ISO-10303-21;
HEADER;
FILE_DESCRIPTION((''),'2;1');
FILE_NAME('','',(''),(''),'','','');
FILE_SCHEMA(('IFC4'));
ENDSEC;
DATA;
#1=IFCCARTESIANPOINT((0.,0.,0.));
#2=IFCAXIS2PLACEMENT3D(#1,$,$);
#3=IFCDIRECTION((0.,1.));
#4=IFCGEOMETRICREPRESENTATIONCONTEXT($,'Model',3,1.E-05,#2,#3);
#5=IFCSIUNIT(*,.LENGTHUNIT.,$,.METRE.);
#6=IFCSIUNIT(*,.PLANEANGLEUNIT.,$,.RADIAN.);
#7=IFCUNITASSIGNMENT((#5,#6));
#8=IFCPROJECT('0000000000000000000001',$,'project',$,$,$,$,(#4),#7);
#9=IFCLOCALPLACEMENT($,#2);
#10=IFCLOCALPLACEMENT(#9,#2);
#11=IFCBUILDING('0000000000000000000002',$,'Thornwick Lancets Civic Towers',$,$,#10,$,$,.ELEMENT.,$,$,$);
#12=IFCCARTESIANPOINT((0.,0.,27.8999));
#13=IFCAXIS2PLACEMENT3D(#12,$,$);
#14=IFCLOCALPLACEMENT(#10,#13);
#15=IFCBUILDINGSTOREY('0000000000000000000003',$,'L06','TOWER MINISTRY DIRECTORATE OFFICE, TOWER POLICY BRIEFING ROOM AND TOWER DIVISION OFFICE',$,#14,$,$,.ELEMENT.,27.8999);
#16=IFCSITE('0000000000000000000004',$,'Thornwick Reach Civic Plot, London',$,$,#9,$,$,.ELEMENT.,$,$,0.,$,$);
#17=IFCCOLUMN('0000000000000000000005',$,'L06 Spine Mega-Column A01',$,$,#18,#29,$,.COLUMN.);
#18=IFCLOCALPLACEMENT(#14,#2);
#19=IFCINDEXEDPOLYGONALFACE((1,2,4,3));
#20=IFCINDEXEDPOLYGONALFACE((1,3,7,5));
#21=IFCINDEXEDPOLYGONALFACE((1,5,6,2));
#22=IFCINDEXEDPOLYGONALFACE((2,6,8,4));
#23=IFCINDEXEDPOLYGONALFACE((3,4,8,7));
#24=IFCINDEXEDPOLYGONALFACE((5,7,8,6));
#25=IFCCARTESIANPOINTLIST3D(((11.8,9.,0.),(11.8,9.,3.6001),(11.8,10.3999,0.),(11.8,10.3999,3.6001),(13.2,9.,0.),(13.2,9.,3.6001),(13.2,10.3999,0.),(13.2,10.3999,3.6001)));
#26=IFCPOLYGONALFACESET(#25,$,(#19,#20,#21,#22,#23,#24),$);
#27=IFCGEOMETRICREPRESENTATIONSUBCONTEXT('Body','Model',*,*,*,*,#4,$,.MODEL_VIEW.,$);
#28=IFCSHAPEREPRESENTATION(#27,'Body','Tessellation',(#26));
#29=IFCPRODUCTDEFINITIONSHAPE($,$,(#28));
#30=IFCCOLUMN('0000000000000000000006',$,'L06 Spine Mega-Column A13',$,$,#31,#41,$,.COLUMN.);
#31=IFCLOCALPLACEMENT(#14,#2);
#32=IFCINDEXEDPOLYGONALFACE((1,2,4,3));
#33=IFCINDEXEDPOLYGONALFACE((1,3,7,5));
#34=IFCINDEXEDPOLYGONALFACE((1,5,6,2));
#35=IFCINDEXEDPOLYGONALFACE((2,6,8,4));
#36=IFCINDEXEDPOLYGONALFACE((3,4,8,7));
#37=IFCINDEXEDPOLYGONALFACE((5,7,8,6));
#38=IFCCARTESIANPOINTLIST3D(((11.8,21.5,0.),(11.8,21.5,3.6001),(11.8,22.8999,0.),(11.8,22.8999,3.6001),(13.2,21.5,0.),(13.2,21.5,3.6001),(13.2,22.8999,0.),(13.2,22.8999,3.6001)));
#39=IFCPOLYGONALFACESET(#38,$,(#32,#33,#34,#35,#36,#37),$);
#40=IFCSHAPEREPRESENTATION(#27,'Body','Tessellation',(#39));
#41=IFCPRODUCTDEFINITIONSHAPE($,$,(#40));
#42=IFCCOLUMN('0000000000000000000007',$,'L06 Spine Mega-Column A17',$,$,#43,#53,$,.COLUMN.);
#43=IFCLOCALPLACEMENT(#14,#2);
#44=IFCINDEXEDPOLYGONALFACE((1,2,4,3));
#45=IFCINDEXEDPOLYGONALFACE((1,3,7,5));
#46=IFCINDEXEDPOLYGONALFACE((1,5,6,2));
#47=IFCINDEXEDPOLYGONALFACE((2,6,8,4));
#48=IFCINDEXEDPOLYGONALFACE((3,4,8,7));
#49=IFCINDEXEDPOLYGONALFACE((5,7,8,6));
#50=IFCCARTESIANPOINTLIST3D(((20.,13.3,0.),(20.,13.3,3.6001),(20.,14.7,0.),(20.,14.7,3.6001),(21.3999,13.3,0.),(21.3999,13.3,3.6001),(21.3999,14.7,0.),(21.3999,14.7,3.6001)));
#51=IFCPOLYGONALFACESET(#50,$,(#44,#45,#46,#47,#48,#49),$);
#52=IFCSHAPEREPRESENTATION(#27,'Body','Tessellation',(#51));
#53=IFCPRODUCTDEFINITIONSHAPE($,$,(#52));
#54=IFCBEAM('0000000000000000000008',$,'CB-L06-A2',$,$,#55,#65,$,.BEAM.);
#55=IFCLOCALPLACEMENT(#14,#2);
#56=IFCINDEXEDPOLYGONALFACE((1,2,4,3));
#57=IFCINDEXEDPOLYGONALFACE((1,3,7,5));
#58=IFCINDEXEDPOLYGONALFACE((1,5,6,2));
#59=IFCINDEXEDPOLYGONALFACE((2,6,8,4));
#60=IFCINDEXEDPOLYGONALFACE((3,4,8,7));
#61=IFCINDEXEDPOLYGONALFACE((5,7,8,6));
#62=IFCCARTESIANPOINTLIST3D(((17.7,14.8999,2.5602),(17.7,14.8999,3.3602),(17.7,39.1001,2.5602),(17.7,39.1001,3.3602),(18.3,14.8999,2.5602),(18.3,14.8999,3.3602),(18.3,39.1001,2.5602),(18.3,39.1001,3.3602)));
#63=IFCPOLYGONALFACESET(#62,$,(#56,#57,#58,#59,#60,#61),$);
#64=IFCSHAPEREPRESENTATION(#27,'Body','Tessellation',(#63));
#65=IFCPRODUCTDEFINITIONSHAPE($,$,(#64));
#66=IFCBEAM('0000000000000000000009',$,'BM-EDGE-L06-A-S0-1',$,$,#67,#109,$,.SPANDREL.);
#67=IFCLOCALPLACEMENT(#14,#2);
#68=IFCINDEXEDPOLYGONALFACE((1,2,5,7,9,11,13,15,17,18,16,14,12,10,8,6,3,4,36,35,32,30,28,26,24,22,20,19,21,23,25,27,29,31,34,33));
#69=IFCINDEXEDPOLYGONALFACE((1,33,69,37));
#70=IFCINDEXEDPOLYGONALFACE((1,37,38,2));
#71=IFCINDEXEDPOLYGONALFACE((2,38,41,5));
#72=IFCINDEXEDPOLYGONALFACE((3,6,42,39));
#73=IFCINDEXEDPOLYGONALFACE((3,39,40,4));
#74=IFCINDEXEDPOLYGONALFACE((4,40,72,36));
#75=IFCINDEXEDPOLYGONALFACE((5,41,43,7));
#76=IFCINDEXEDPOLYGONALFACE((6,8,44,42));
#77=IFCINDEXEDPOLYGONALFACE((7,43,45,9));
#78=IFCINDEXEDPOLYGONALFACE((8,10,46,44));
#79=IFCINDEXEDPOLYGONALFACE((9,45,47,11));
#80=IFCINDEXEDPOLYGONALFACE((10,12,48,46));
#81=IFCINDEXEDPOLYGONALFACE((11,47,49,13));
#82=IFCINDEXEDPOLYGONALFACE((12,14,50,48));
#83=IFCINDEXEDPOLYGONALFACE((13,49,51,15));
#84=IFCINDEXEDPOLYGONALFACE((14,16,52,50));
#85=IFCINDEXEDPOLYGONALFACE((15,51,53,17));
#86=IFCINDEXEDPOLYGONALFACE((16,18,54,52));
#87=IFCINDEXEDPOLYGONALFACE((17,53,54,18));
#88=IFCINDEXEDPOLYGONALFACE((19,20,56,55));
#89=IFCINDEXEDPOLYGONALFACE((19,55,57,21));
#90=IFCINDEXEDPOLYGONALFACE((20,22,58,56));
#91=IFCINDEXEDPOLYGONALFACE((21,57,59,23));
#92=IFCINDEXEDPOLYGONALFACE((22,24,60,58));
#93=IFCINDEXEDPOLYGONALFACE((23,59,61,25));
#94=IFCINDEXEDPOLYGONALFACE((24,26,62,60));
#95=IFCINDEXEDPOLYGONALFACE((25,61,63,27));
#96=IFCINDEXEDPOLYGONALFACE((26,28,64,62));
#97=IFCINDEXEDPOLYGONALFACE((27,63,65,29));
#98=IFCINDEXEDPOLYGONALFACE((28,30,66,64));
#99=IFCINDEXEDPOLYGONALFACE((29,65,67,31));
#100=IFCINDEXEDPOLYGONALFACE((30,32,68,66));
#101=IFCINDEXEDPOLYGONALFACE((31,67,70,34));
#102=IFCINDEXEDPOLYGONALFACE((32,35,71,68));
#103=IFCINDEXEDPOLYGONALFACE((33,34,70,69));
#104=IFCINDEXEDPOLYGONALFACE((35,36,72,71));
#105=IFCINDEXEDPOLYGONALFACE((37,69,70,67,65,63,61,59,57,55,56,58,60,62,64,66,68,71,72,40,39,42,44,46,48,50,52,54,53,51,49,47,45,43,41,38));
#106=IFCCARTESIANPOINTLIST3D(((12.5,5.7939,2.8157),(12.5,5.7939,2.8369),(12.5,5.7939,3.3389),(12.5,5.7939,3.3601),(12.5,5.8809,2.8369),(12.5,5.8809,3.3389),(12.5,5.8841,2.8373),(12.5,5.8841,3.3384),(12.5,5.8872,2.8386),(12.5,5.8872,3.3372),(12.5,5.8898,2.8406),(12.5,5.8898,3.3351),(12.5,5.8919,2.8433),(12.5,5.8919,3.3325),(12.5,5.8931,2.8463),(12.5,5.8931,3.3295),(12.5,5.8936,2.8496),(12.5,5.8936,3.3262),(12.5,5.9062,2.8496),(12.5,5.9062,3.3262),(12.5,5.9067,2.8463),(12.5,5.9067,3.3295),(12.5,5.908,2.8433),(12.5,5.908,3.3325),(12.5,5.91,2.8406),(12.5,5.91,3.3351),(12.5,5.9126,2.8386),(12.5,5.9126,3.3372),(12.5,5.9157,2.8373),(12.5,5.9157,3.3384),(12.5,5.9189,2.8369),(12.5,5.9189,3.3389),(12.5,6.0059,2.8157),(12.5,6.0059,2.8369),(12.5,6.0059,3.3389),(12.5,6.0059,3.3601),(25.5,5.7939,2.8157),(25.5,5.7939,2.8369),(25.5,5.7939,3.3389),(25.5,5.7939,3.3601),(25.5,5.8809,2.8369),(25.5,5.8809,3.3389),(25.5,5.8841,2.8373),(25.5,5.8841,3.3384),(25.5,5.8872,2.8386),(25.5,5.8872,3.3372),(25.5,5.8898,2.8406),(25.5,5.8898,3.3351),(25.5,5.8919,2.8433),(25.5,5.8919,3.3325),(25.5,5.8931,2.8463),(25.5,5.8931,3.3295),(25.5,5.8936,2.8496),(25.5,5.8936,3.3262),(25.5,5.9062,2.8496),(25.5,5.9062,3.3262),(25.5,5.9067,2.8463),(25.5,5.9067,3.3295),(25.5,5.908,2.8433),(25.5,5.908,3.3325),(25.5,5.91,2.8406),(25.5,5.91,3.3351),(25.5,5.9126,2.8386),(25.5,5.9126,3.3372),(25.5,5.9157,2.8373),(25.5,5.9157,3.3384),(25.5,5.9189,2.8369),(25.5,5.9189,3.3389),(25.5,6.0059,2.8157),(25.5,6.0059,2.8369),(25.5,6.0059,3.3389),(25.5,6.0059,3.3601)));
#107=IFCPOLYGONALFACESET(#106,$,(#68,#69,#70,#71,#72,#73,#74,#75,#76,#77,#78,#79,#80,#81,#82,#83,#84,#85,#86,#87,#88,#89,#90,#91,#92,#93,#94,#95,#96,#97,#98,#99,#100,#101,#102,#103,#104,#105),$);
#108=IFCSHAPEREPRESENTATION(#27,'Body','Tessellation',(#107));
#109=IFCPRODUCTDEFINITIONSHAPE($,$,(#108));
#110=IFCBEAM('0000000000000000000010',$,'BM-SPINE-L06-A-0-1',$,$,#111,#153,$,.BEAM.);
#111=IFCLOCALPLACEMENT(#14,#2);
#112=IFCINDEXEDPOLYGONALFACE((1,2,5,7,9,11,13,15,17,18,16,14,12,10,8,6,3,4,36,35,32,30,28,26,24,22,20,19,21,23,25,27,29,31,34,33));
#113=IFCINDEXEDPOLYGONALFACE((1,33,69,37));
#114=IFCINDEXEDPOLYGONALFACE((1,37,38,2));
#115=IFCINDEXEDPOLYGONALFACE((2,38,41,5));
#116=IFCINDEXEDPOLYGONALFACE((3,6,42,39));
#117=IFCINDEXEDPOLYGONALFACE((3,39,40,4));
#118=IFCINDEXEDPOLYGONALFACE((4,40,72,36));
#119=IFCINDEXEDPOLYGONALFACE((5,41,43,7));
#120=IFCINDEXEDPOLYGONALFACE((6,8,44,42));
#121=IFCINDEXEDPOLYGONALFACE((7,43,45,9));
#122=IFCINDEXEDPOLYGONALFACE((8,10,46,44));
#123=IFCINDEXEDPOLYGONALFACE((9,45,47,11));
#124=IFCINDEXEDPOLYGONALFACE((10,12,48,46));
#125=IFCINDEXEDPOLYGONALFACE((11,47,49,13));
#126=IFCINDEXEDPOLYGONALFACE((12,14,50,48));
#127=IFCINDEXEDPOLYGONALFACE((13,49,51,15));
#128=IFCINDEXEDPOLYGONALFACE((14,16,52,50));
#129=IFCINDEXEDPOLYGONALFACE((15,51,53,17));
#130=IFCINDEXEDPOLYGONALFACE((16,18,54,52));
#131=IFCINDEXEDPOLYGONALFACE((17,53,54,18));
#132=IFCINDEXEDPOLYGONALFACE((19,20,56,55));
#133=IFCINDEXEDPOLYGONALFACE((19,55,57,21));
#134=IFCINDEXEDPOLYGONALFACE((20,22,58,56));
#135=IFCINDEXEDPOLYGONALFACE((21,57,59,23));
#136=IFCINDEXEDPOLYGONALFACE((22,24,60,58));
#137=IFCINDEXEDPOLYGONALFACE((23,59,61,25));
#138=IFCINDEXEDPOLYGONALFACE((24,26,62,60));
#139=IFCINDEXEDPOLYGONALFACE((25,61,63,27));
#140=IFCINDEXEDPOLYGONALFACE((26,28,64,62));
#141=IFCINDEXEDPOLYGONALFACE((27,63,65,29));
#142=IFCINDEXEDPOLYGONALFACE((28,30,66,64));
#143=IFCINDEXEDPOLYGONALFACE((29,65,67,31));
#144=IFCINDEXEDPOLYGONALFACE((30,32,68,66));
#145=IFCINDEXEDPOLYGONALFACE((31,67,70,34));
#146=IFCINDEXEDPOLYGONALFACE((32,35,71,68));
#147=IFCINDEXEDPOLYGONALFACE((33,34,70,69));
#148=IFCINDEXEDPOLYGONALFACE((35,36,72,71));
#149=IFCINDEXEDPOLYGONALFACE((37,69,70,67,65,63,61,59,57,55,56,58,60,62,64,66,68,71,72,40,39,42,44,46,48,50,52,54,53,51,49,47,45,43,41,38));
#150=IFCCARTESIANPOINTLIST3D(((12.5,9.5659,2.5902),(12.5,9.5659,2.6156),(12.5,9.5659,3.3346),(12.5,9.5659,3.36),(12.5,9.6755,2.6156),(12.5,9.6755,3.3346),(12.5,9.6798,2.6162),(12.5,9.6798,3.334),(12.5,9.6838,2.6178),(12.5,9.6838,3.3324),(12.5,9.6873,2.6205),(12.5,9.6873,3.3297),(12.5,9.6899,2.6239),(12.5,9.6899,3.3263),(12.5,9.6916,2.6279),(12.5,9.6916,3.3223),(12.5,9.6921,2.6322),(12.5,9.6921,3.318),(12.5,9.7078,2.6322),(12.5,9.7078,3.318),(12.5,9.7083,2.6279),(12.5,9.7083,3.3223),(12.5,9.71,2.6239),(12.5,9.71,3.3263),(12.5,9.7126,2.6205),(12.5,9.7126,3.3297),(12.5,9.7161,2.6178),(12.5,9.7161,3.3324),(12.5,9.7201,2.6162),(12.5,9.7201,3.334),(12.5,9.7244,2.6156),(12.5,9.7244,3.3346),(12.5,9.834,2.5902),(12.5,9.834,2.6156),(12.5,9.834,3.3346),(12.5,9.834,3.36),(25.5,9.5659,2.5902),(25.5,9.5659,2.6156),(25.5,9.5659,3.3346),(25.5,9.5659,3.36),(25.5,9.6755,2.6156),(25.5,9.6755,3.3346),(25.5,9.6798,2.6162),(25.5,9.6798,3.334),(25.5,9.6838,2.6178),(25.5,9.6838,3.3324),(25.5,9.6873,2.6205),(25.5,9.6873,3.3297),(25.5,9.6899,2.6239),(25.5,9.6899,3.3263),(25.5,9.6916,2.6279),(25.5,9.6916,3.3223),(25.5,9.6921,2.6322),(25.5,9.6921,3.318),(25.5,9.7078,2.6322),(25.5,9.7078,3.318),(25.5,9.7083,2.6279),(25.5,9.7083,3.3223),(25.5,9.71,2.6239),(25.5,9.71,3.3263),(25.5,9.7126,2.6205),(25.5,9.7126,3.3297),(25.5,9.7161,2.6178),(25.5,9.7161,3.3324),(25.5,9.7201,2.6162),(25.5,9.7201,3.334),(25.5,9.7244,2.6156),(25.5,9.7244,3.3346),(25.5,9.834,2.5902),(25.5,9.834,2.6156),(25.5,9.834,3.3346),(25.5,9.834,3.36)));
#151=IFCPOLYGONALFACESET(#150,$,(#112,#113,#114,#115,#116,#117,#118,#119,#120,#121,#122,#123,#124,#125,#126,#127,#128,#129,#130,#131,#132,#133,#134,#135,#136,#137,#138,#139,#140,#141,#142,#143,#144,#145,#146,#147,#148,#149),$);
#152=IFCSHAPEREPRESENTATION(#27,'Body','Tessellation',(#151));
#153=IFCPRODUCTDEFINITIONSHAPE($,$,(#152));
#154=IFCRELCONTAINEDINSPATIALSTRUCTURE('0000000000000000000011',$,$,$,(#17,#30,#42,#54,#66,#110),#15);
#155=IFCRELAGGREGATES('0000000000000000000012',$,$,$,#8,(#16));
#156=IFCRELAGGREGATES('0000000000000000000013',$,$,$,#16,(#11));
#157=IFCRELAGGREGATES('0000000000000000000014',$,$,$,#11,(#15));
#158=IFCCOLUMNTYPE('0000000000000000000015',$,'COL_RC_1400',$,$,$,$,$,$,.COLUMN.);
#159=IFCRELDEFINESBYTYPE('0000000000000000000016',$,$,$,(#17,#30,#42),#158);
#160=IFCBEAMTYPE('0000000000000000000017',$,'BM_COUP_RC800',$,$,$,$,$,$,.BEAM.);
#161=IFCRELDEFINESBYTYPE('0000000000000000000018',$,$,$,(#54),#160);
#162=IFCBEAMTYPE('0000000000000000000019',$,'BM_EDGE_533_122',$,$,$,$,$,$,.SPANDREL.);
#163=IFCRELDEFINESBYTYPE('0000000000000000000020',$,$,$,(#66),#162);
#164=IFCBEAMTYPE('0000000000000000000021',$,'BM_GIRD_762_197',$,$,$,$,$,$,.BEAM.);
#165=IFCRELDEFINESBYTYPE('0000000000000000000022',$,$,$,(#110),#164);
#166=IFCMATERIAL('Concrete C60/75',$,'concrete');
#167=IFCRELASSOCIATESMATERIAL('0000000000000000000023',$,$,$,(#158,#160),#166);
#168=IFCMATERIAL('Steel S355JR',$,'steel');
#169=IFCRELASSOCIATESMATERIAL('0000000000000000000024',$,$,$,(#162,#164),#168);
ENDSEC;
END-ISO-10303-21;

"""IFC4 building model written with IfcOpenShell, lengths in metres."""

from ifc_helpers import new_model, si_unit, direction, frame, origin, origin_2d, place, context, subcontext, project, spatial, rectangle, i_section, extrude, material, material_profile, profile_set, type_object, element, save


model = new_model("IFC4")

# Units and contexts
model_context = context("Model", 3, precision=1e-05, world=origin(), true_north=direction((0.0, 1.0)))
body_context = subcontext(model_context, "Body", "Model", "MODEL_VIEW")
ifc_project = project(units=[si_unit("LENGTHUNIT", "METRE"), si_unit("PLANEANGLEUNIT", "RADIAN")], contexts=[model_context])

# Site, building, storey
site_placement = place(None, origin())
site = spatial("IfcSite", under=ifc_project, at=site_placement, Name="Thornwick Reach Civic Plot, London", CompositionType="ELEMENT", RefElevation=0.0)
building_placement = place(site_placement, origin())
building = spatial("IfcBuilding", under=site, at=building_placement, Name="Thornwick Lancets Civic Towers", CompositionType="ELEMENT")
storey_placement = place(building_placement, frame((0.0, 0.0, 27.8999)))
storey = spatial("IfcBuildingStorey", under=building, at=storey_placement, Name="L06", Description="TOWER MINISTRY DIRECTORATE OFFICE, TOWER POLICY BRIEFING ROOM AND TOWER DIVISION OFFICE", CompositionType="ELEMENT", Elevation=27.8999)

# Columns
ifc_material_1 = material(Name="Concrete C60/75", Category="concrete")
ifc_material_profile_1 = material_profile(ifc_material_1, rectangle(XDim=1.3999, YDim=1.3999, at=origin_2d()), Name="RC 1400x1400")
ifc_profile_set_1 = profile_set([ifc_material_profile_1], Name="Concrete C60/75")
column_type = type_object("IfcColumnType", Name="COL_RC_1400", PredefinedType="COLUMN", material=ifc_profile_set_1)
for number, where, z_axis, x_axis, name in (
    (1, (12.5, 9.7, 0.0), (0.0, 0.0, 1.0), (1.0, 0.0, 0.0), "L06 Spine Mega-Column A01"),
    (2, (12.5, 22.2, 0.0), (0.0, 0.0, 1.0), (1.0, 0.0, 0.0), "L06 Spine Mega-Column A13"),
    (3, (20.7, 14.0, 0.0), (0.0, 0.0, 1.0), (1.0, 0.0, 0.0), "L06 Spine Mega-Column A17"),
):
    element("IfcColumn", number, at=place(storey_placement, frame(where, z_axis=z_axis, x_axis=x_axis)), inside=storey, type_object=column_type, Name=name, PredefinedType="COLUMN", context=body_context, shape_type="SweptSolid", body=[
        extrude(rectangle(XDim=1.3999, YDim=1.3999, at=origin_2d()), origin(), (0.0, 0.0, 1.0), 3.6001),
    ])

# Beams
ifc_material_profile_2 = material_profile(ifc_material_1, rectangle(XDim=0.6001, YDim=0.8, at=origin_2d()), Name="RC 600x800")
ifc_profile_set_2 = profile_set([ifc_material_profile_2], Name="Concrete C60/75")
beam_type_1 = type_object("IfcBeamType", Name="BM_COUP_RC800", PredefinedType="BEAM", material=ifc_profile_set_2)
beam_1_placement = place(storey_placement, frame((18.0, 14.8999, 2.9602), z_axis=(0.0, 1.0, 0.0), x_axis=(-1.0, 0.0, 0.0)))
element("IfcBeam", 4, at=beam_1_placement, inside=storey, type_object=beam_type_1, Name="CB-L06-A2", PredefinedType="BEAM", context=body_context, shape_type="SweptSolid", body=[
    extrude(rectangle(XDim=0.6001, YDim=0.8, at=origin_2d()), origin(), (0.0, 0.0, 1.0), 24.2002),
])
ifc_material_2 = material(Name="Steel S355JR", Category="steel")
ifc_material_profile_3 = material_profile(ifc_material_2, i_section(OverallWidth=0.2119, OverallDepth=0.5444, WebThickness=0.0127, FlangeThickness=0.0212, FilletRadius=0.0127, at=origin_2d()), Name="UKB 533x210x122")
ifc_profile_set_3 = profile_set([ifc_material_profile_3], Name="Steel S355JR")
beam_type_2 = type_object("IfcBeamType", Name="BM_EDGE_533_122", PredefinedType="SPANDREL", material=ifc_profile_set_3)
beam_2_placement = place(storey_placement, frame((12.5, 5.8999, 3.0879), z_axis=(1.0, 0.0, 0.0), x_axis=(0.0, 1.0, 0.0)))
element("IfcBeam", 5, at=beam_2_placement, inside=storey, type_object=beam_type_2, Name="BM-EDGE-L06-A-S0-1", PredefinedType="SPANDREL", context=body_context, shape_type="SweptSolid", body=[
    extrude(i_section(OverallWidth=0.2119, OverallDepth=0.5444, WebThickness=0.0127, FlangeThickness=0.0212, FilletRadius=0.0127, at=origin_2d()), origin(), (0.0, 0.0, 1.0), 13.0),
])
ifc_material_profile_4 = material_profile(ifc_material_2, i_section(OverallWidth=0.2681, OverallDepth=0.7698, WebThickness=0.0156, FlangeThickness=0.0254, FilletRadius=0.0166, at=origin_2d()), Name="UKB 762x267x197")
ifc_profile_set_4 = profile_set([ifc_material_profile_4], Name="Steel S355JR")
beam_type_3 = type_object("IfcBeamType", Name="BM_GIRD_762_197", PredefinedType="BEAM", material=ifc_profile_set_4)
beam_3_placement = place(storey_placement, frame((12.5, 9.7, 2.9751), z_axis=(1.0, 0.0, 0.0), x_axis=(0.0, 1.0, 0.0)))
element("IfcBeam", 6, at=beam_3_placement, inside=storey, type_object=beam_type_3, Name="BM-SPINE-L06-A-0-1", PredefinedType="BEAM", context=body_context, shape_type="SweptSolid", body=[
    extrude(i_section(OverallWidth=0.2681, OverallDepth=0.7698, WebThickness=0.0156, FlangeThickness=0.0254, FilletRadius=0.0166, at=origin_2d()), origin(), (0.0, 0.0, 1.0), 13.0),
])

save(model, "model.ifc")
